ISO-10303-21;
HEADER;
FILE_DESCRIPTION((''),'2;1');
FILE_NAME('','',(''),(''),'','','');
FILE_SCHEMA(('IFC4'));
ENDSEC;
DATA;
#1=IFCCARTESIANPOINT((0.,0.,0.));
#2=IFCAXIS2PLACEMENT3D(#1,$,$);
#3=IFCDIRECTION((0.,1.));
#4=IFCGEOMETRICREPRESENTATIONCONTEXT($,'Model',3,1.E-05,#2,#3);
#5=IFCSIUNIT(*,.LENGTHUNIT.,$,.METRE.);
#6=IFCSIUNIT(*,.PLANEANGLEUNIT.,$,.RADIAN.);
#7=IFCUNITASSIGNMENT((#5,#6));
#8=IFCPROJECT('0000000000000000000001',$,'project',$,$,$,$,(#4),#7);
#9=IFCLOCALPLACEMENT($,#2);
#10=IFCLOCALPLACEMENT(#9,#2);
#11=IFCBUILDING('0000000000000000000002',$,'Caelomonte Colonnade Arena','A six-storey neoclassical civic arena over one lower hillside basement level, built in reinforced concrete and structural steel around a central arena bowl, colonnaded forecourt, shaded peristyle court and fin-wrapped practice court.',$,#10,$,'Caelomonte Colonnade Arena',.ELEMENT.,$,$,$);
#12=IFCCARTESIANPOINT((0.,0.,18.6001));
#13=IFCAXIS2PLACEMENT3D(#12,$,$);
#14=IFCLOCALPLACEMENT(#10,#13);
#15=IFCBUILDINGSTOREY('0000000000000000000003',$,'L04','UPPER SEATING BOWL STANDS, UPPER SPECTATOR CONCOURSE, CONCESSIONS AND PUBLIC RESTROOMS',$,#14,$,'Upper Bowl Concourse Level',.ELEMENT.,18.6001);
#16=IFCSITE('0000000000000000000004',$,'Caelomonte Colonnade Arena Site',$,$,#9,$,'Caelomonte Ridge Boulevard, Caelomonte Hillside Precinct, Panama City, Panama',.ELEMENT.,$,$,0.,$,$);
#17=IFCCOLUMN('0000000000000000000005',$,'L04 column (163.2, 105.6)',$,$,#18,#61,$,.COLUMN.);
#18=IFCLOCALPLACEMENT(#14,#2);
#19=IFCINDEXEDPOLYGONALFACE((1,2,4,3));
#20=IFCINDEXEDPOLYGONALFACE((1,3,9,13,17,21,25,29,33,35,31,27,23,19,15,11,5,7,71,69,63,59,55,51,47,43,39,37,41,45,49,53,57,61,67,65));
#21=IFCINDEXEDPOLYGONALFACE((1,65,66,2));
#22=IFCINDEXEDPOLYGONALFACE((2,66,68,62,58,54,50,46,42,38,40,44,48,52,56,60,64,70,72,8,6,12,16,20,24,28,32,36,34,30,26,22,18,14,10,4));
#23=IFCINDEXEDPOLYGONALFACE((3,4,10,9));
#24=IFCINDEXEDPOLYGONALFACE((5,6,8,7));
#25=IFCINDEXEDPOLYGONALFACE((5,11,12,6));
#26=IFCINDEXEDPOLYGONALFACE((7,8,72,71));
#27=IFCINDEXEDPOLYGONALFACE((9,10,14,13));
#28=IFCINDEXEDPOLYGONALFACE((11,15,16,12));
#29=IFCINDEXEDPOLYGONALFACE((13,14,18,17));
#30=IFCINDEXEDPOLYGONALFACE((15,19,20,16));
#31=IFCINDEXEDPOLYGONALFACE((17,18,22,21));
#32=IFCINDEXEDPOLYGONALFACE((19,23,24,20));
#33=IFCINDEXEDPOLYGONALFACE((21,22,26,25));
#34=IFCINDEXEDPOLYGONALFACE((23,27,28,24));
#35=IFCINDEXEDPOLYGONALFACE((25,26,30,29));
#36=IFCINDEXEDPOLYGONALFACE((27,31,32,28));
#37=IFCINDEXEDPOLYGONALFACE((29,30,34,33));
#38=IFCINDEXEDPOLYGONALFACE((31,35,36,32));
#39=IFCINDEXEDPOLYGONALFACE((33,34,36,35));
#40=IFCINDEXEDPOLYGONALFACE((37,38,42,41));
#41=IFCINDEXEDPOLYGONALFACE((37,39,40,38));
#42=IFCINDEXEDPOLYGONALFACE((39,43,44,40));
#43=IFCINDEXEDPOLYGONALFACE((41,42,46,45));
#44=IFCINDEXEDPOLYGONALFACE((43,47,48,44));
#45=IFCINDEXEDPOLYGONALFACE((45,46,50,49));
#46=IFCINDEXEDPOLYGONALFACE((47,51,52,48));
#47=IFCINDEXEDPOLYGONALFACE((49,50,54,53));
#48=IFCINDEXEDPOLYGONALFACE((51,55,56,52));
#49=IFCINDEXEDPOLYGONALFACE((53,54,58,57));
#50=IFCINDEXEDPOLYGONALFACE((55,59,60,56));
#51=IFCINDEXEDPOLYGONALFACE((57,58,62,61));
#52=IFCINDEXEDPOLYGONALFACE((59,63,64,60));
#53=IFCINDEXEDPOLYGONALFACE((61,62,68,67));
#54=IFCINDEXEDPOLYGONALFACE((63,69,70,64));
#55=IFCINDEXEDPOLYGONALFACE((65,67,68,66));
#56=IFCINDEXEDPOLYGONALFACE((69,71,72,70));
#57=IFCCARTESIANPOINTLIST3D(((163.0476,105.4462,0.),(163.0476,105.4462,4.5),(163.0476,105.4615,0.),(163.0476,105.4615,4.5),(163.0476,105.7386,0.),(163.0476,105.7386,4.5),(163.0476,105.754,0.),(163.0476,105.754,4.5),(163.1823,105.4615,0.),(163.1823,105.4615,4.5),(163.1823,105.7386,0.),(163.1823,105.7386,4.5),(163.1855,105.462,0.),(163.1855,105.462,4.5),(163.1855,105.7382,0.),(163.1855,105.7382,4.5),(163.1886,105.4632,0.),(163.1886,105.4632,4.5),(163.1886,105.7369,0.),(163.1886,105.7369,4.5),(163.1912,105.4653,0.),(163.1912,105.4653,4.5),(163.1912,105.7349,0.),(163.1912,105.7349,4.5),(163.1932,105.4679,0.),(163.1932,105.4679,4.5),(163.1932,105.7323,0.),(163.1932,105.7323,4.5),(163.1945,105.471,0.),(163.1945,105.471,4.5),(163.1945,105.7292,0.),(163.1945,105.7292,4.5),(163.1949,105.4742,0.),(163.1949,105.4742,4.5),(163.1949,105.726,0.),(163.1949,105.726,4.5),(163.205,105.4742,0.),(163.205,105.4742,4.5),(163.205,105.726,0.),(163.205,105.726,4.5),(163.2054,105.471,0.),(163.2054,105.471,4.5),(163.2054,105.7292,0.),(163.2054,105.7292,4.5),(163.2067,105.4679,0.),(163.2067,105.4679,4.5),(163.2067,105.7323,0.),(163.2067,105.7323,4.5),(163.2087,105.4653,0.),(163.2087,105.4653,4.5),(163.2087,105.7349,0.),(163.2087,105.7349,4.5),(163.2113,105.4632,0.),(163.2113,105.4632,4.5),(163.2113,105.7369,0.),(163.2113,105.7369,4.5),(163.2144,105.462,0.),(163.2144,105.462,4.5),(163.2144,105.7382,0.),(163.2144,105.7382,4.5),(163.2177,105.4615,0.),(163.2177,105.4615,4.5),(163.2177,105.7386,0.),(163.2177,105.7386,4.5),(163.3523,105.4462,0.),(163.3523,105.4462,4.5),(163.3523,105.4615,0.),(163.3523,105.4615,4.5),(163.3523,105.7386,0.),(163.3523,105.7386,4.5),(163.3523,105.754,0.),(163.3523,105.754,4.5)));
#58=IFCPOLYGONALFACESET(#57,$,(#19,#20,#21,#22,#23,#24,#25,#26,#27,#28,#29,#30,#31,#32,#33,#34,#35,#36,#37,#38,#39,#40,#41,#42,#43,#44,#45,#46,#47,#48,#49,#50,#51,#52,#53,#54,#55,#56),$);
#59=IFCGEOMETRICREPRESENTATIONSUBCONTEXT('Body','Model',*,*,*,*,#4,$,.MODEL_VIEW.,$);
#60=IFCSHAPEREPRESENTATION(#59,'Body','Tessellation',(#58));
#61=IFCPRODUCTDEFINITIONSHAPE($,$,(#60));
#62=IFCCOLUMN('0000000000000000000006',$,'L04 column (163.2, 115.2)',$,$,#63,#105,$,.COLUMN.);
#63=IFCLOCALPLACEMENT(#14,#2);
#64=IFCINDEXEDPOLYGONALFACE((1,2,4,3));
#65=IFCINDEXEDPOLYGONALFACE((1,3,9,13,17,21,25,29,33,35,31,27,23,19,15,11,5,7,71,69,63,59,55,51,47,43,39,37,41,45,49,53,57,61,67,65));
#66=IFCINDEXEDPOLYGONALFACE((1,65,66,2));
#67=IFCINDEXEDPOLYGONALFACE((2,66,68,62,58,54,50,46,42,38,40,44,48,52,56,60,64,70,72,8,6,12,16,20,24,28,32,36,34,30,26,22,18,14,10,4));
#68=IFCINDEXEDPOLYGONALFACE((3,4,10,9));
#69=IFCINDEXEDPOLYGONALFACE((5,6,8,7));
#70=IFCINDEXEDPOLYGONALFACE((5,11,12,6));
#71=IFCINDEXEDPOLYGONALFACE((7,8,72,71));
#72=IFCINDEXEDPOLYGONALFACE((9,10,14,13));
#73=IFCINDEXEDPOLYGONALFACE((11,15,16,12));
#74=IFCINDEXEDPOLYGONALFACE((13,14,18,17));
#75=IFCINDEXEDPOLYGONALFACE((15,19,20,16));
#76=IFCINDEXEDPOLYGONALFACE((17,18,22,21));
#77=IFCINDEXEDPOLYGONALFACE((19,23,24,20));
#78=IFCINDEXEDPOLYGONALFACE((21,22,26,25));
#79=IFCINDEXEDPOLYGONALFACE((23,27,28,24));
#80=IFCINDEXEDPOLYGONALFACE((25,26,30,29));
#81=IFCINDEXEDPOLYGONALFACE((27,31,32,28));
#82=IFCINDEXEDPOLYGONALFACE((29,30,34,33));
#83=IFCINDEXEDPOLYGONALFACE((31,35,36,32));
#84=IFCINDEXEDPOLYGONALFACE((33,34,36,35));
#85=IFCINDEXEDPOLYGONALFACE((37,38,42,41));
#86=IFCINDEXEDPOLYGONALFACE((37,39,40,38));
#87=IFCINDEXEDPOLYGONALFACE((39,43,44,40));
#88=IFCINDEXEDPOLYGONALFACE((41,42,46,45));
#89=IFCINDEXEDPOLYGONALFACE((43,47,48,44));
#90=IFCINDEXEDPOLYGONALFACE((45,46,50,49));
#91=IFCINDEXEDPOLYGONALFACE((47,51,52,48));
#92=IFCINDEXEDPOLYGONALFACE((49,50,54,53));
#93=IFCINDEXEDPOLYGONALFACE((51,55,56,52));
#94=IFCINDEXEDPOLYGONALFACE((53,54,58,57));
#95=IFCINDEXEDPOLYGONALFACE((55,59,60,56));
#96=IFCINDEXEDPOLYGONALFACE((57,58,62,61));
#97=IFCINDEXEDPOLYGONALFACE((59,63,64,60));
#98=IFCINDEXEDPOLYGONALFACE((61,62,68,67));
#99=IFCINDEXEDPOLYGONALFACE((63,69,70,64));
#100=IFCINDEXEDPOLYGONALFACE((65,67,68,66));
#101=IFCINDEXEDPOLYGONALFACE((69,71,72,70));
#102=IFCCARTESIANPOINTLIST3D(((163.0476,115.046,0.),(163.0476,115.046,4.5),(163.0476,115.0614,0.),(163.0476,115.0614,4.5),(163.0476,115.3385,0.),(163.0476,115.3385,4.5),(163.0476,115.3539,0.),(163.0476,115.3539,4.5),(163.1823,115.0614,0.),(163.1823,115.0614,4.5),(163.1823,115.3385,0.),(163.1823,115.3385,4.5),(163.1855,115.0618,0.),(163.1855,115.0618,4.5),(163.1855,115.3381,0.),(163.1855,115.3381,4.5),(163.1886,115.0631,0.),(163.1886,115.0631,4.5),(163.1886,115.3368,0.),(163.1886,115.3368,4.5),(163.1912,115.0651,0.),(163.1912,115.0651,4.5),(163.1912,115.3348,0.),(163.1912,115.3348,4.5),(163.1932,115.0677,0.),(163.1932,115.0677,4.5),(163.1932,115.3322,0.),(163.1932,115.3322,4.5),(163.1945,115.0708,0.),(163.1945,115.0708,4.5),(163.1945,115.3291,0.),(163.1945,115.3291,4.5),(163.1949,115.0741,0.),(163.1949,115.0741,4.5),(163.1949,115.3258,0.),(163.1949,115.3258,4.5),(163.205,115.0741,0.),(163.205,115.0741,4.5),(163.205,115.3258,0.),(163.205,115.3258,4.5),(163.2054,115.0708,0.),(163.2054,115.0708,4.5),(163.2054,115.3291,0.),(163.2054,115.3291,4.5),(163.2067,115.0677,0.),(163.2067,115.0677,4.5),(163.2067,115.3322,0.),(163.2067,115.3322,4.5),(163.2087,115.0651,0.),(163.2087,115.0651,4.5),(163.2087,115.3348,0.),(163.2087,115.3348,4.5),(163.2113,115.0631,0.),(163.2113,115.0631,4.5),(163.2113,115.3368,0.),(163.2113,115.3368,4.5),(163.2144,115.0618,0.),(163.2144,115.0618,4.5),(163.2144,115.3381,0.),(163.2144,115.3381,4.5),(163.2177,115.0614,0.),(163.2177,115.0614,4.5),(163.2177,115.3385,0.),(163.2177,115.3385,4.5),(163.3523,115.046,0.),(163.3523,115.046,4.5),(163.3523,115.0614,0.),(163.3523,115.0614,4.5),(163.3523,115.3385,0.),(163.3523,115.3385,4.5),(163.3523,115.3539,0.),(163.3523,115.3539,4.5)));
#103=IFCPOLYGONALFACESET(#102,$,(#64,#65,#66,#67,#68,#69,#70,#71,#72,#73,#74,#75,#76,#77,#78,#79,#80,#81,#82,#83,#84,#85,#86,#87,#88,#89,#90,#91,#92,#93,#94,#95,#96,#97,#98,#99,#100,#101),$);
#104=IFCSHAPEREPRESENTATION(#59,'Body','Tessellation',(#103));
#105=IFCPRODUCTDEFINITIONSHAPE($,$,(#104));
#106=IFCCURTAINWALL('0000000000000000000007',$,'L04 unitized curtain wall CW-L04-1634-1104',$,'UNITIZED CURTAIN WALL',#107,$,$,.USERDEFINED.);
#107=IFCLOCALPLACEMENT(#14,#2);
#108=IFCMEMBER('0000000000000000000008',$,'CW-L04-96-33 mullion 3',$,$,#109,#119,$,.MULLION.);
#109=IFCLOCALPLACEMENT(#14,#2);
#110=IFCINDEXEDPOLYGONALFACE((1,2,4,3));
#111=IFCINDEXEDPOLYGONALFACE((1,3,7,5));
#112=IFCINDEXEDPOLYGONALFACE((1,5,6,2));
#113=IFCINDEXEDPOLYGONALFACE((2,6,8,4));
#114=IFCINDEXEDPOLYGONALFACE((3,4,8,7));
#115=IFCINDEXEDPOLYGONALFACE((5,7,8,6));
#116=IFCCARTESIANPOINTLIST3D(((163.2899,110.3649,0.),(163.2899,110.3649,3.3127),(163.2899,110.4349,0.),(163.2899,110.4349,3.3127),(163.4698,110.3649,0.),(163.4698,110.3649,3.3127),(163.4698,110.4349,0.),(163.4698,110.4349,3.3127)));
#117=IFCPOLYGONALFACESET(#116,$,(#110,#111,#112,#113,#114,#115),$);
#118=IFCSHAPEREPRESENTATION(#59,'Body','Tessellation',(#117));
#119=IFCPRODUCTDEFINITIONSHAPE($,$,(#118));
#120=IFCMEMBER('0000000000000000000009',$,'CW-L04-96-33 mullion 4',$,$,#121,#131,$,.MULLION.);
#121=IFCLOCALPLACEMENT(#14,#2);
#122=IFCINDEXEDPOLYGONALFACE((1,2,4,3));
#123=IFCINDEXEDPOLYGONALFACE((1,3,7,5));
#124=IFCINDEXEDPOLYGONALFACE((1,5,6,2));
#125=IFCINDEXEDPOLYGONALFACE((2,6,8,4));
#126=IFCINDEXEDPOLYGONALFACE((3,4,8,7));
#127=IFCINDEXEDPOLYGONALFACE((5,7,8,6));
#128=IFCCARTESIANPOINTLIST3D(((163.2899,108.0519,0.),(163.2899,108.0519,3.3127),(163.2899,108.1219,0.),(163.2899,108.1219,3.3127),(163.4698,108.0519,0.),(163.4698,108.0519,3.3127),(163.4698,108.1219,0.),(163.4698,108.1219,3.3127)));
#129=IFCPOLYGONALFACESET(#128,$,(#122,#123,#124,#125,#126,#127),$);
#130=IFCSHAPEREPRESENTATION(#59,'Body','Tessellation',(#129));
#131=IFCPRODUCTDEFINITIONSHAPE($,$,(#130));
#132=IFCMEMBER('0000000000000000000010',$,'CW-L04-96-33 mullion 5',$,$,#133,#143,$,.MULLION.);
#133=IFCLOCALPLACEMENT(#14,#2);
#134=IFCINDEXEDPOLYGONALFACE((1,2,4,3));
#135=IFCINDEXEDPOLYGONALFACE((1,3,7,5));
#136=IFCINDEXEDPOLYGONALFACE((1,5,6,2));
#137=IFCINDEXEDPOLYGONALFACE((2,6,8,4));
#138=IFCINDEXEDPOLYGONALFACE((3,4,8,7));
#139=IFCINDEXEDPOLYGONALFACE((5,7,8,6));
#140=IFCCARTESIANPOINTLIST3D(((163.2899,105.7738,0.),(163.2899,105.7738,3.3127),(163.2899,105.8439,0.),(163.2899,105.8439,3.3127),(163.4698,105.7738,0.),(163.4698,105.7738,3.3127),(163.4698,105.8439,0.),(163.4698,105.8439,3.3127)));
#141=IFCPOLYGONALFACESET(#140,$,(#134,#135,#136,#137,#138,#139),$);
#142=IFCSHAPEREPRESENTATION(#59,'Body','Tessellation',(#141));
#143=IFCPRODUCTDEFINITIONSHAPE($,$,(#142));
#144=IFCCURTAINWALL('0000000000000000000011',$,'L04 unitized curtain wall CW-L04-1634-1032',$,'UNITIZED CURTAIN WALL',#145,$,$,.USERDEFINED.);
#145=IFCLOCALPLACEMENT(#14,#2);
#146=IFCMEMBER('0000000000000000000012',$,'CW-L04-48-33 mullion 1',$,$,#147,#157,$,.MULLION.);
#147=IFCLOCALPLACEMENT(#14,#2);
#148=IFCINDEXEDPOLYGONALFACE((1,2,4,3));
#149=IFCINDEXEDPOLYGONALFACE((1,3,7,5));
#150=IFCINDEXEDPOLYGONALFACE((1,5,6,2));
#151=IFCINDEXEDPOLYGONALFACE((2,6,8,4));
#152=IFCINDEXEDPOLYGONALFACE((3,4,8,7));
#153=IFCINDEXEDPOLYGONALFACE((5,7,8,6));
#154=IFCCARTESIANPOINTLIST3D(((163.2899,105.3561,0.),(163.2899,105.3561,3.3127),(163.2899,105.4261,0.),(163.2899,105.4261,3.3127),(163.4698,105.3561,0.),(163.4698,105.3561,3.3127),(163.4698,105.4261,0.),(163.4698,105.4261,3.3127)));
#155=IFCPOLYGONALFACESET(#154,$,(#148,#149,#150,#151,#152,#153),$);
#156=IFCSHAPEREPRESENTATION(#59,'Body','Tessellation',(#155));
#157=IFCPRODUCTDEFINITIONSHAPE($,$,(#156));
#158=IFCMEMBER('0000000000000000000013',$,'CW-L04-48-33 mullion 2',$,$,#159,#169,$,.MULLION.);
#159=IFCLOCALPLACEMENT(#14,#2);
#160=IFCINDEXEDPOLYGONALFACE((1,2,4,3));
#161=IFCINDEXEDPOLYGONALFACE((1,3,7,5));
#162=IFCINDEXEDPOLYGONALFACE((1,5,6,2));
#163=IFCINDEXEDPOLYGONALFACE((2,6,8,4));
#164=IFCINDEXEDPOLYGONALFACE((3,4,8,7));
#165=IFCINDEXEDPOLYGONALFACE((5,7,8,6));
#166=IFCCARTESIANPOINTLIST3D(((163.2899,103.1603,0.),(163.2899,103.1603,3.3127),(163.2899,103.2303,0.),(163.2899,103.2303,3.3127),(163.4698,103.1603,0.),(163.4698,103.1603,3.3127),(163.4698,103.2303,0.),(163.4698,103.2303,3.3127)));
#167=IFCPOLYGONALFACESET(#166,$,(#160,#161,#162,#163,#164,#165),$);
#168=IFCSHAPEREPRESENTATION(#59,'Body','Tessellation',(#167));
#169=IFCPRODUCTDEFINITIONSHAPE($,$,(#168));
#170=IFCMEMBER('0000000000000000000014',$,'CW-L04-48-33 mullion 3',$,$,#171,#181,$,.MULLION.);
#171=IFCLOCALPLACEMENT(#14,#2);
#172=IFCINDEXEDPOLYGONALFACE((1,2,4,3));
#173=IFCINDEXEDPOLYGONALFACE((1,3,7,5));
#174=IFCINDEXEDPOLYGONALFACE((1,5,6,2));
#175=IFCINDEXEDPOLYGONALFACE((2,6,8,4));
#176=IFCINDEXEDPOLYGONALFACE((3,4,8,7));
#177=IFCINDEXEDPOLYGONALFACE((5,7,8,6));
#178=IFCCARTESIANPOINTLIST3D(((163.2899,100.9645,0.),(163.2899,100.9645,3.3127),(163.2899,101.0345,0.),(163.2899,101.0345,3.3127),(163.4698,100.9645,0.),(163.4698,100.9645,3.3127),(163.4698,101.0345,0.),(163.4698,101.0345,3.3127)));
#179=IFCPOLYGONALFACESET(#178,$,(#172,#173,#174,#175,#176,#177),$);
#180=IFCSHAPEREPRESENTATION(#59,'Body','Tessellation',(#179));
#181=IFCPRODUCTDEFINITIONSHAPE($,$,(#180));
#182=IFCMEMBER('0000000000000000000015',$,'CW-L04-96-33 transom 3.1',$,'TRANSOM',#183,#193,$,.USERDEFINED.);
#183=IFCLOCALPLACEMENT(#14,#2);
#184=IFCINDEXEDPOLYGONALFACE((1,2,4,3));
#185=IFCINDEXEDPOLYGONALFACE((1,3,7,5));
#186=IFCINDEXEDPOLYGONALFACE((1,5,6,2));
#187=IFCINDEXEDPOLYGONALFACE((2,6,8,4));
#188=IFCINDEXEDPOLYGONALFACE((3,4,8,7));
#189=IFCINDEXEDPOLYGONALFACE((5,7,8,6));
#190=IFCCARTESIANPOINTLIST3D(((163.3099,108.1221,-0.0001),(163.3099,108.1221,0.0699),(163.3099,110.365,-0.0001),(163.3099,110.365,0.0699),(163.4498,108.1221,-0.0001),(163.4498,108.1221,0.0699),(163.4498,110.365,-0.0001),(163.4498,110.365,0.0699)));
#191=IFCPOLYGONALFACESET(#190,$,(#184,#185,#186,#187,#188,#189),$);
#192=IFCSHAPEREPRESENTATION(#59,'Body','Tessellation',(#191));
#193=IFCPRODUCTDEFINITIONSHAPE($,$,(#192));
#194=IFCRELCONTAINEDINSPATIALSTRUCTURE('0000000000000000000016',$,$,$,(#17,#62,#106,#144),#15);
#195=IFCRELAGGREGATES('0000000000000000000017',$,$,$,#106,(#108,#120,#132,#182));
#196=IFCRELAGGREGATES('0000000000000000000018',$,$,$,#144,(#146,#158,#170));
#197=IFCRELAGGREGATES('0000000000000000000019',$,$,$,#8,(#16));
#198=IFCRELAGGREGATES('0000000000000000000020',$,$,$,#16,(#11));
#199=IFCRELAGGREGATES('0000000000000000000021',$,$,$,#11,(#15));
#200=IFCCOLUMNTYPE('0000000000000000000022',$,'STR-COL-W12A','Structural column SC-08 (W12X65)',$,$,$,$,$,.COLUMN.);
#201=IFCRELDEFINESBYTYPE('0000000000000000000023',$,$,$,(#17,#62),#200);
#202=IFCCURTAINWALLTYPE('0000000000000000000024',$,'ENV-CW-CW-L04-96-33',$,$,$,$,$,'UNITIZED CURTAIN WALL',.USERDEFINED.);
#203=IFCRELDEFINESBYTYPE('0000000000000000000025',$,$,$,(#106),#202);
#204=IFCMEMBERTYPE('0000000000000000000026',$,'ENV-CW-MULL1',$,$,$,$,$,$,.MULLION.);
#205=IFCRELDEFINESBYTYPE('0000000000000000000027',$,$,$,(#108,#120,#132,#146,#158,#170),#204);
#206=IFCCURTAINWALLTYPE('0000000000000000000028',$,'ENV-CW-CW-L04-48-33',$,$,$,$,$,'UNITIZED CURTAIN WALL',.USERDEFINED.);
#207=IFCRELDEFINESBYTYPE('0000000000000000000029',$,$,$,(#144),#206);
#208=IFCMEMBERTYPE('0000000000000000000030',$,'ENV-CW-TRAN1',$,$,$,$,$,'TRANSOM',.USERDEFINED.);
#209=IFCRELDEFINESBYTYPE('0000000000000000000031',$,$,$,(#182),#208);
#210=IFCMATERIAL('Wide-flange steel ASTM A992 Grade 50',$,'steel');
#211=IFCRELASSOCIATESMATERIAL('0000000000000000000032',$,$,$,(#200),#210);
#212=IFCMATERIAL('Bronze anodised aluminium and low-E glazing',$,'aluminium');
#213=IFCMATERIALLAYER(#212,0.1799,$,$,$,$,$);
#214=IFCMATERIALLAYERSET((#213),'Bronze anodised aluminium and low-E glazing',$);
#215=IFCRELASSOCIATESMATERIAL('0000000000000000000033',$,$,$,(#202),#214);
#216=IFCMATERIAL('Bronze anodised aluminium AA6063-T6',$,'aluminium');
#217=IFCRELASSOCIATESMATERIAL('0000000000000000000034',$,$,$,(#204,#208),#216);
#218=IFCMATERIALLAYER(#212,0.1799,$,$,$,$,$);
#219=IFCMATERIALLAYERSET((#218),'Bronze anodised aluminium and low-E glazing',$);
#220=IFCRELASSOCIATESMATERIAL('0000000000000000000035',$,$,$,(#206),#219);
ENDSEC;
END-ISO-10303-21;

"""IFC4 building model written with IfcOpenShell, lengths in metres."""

from ifc_helpers import new_model, si_unit, direction, frame, origin, origin_2d, place, context, subcontext, project, spatial, rectangle, i_section, extrude, material, layer, layer_set, material_profile, profile_set, type_object, element, aggregate, save


model = new_model("IFC4")

# Units and contexts
model_context = context("Model", 3, precision=1e-05, world=origin(), true_north=direction((0.0, 1.0)))
body_context = subcontext(model_context, "Body", "Model", "MODEL_VIEW")
ifc_project = project(units=[si_unit("LENGTHUNIT", "METRE"), si_unit("PLANEANGLEUNIT", "RADIAN")], contexts=[model_context])

# Site, building, storey
site_placement = place(None, origin())
site = spatial("IfcSite", under=ifc_project, at=site_placement, Name="Caelomonte Colonnade Arena Site", LongName="Caelomonte Ridge Boulevard, Caelomonte Hillside Precinct, Panama City, Panama", CompositionType="ELEMENT", RefElevation=0.0)
building_placement = place(site_placement, origin())
building = spatial("IfcBuilding", under=site, at=building_placement, Name="Caelomonte Colonnade Arena", Description="A six-storey neoclassical civic arena over one lower hillside basement level, built in reinforced concrete and structural steel around a central arena bowl, colonnaded forecourt, shaded peristyle court and fin-wrapped practice court.", LongName="Caelomonte Colonnade Arena", CompositionType="ELEMENT")
storey_placement = place(building_placement, frame((0.0, 0.0, 18.6001)))
storey = spatial("IfcBuildingStorey", under=building, at=storey_placement, Name="L04", Description="UPPER SEATING BOWL STANDS, UPPER SPECTATOR CONCOURSE, CONCESSIONS AND PUBLIC RESTROOMS", LongName="Upper Bowl Concourse Level", CompositionType="ELEMENT", Elevation=18.6001)

# Columns
ifc_material_1 = material(Name="Wide-flange steel ASTM A992 Grade 50", Category="steel")
ifc_material_profile_1 = material_profile(ifc_material_1, i_section(OverallWidth=0.3047, OverallDepth=0.3079, WebThickness=0.01, FlangeThickness=0.0154, FilletRadius=0.0127, at=origin_2d()), Name="W12X65")
ifc_profile_set_1 = profile_set([ifc_material_profile_1], Name="Wide-flange steel ASTM A992 Grade 50")
column_type = type_object("IfcColumnType", Name="STR-COL-W12A", Description="Structural column SC-08 (W12X65)", PredefinedType="COLUMN", material=ifc_profile_set_1)
for number, where, z_axis, x_axis, name in (
    (1, (163.2, 105.6001, 0.0), (0.0, 0.0, 1.0), (1.0, 0.0, 0.0), "L04 column (163.2, 105.6)"),
    (2, (163.2, 115.2, 0.0), (0.0, 0.0, 1.0), (1.0, 0.0, 0.0), "L04 column (163.2, 115.2)"),
):
    element("IfcColumn", number, at=place(storey_placement, frame(where, z_axis=z_axis, x_axis=x_axis)), inside=storey, type_object=column_type, Name=name, PredefinedType="COLUMN", context=body_context, shape_type="SweptSolid", body=[
        extrude(i_section(OverallWidth=0.3047, OverallDepth=0.3079, WebThickness=0.01, FlangeThickness=0.0154, FilletRadius=0.0127, at=origin_2d()), origin(), (0.0, 0.0, 1.0), 4.5),
    ])

# Curtain walls, members
ifc_material_2 = material(Name="Bronze anodised aluminium and low-E glazing", Category="aluminium")
ifc_layer_1 = layer(ifc_material_2, 0.1799)
ifc_layer_set_1 = layer_set([ifc_layer_1], Name="Bronze anodised aluminium and low-E glazing")
curtain_wall_type_1 = type_object("IfcCurtainWallType", Name="ENV-CW-CW-L04-96-33", ElementType="UNITIZED CURTAIN WALL", PredefinedType="USERDEFINED", material=ifc_layer_set_1)
curtain_wall_1_placement = place(storey_placement, origin())
curtain_wall_1 = element("IfcCurtainWall", 3, at=curtain_wall_1_placement, inside=storey, type_object=curtain_wall_type_1, Name="L04 unitized curtain wall CW-L04-1634-1104", ObjectType="UNITIZED CURTAIN WALL", PredefinedType="USERDEFINED")
ifc_material_3 = material(Name="Bronze anodised aluminium AA6063-T6", Category="aluminium")
ifc_material_profile_2 = material_profile(ifc_material_3, rectangle(XDim=0.0701, YDim=0.1799, at=origin_2d()), Name="CWM-70X180")
ifc_profile_set_2 = profile_set([ifc_material_profile_2], Name="Bronze anodised aluminium AA6063-T6")
member_type_1 = type_object("IfcMemberType", Name="ENV-CW-MULL1", PredefinedType="MULLION", material=ifc_profile_set_2)
member_1_placement = place(storey_placement, frame((163.3799, 110.3999, 0.0), z_axis=(0.0, 0.0, 1.0), x_axis=(0.0, -1.0, 0.0)))
member_1 = element("IfcMember", 4, at=member_1_placement, type_object=member_type_1, Name="CW-L04-96-33 mullion 3", PredefinedType="MULLION", context=body_context, shape_type="SweptSolid", body=[
    extrude(rectangle(XDim=0.0701, YDim=0.1799, at=origin_2d()), origin(), (0.0, 0.0, 1.0), 3.3127),
])
member_2_placement = place(storey_placement, frame((163.3799, 108.0869, 0.0), z_axis=(0.0, 0.0, 1.0), x_axis=(0.0, -1.0, 0.0)))
member_2 = element("IfcMember", 5, at=member_2_placement, type_object=member_type_1, Name="CW-L04-96-33 mullion 4", PredefinedType="MULLION", context=body_context, shape_type="SweptSolid", body=[
    extrude(rectangle(XDim=0.0701, YDim=0.1799, at=origin_2d()), origin(), (0.0, 0.0, 1.0), 3.3127),
])
member_3_placement = place(storey_placement, frame((163.3799, 105.8088, 0.0), z_axis=(0.0, 0.0, 1.0), x_axis=(0.0, -1.0, 0.0)))
member_3 = element("IfcMember", 6, at=member_3_placement, type_object=member_type_1, Name="CW-L04-96-33 mullion 5", PredefinedType="MULLION", context=body_context, shape_type="SweptSolid", body=[
    extrude(rectangle(XDim=0.0701, YDim=0.1799, at=origin_2d()), origin(), (0.0, 0.0, 1.0), 3.3127),
])
ifc_layer_2 = layer(ifc_material_2, 0.1799)
ifc_layer_set_2 = layer_set([ifc_layer_2], Name="Bronze anodised aluminium and low-E glazing")
curtain_wall_type_2 = type_object("IfcCurtainWallType", Name="ENV-CW-CW-L04-48-33", ElementType="UNITIZED CURTAIN WALL", PredefinedType="USERDEFINED", material=ifc_layer_set_2)
curtain_wall_2_placement = place(storey_placement, origin())
curtain_wall_2 = element("IfcCurtainWall", 7, at=curtain_wall_2_placement, inside=storey, type_object=curtain_wall_type_2, Name="L04 unitized curtain wall CW-L04-1634-1032", ObjectType="UNITIZED CURTAIN WALL", PredefinedType="USERDEFINED")
member_4_placement = place(storey_placement, frame((163.3799, 105.3911, 0.0), z_axis=(0.0, 0.0, 1.0), x_axis=(0.0, -1.0, 0.0)))
member_4 = element("IfcMember", 8, at=member_4_placement, type_object=member_type_1, Name="CW-L04-48-33 mullion 1", PredefinedType="MULLION", context=body_context, shape_type="SweptSolid", body=[
    extrude(rectangle(XDim=0.0701, YDim=0.1799, at=origin_2d()), origin(), (0.0, 0.0, 1.0), 3.3127),
])
member_5_placement = place(storey_placement, frame((163.3799, 103.1953, 0.0), z_axis=(0.0, 0.0, 1.0), x_axis=(0.0, -1.0, 0.0)))
member_5 = element("IfcMember", 9, at=member_5_placement, type_object=member_type_1, Name="CW-L04-48-33 mullion 2", PredefinedType="MULLION", context=body_context, shape_type="SweptSolid", body=[
    extrude(rectangle(XDim=0.0701, YDim=0.1799, at=origin_2d()), origin(), (0.0, 0.0, 1.0), 3.3127),
])
member_6_placement = place(storey_placement, frame((163.3799, 100.9995, 0.0), z_axis=(0.0, 0.0, 1.0), x_axis=(0.0, -1.0, 0.0)))
member_6 = element("IfcMember", 10, at=member_6_placement, type_object=member_type_1, Name="CW-L04-48-33 mullion 3", PredefinedType="MULLION", context=body_context, shape_type="SweptSolid", body=[
    extrude(rectangle(XDim=0.0701, YDim=0.1799, at=origin_2d()), origin(), (0.0, 0.0, 1.0), 3.3127),
])

# Member
ifc_material_profile_3 = material_profile(ifc_material_3, rectangle(XDim=0.0701, YDim=0.1399, at=origin_2d()), Name="CWT-70X140")
ifc_profile_set_3 = profile_set([ifc_material_profile_3], Name="Bronze anodised aluminium AA6063-T6")
member_type_2 = type_object("IfcMemberType", Name="ENV-CW-TRAN1", ElementType="TRANSOM", PredefinedType="USERDEFINED", material=ifc_profile_set_3)
member_7_placement = place(storey_placement, frame((163.3799, 110.365, 0.0349), z_axis=(0.0, -1.0, 0.0), x_axis=(0.0, 0.0, 1.0)))
member_7 = element("IfcMember", 11, at=member_7_placement, type_object=member_type_2, Name="CW-L04-96-33 transom 3.1", ObjectType="TRANSOM", PredefinedType="USERDEFINED", context=body_context, shape_type="SweptSolid", body=[
    extrude(rectangle(XDim=0.0701, YDim=0.1399, at=origin_2d()), origin(), (0.0, 0.0, 1.0), 2.2429),
])

aggregate(curtain_wall_1, [member_1, member_2, member_3, member_7])
aggregate(curtain_wall_2, [member_4, member_5, member_6])

save(model, "model.ifc")
